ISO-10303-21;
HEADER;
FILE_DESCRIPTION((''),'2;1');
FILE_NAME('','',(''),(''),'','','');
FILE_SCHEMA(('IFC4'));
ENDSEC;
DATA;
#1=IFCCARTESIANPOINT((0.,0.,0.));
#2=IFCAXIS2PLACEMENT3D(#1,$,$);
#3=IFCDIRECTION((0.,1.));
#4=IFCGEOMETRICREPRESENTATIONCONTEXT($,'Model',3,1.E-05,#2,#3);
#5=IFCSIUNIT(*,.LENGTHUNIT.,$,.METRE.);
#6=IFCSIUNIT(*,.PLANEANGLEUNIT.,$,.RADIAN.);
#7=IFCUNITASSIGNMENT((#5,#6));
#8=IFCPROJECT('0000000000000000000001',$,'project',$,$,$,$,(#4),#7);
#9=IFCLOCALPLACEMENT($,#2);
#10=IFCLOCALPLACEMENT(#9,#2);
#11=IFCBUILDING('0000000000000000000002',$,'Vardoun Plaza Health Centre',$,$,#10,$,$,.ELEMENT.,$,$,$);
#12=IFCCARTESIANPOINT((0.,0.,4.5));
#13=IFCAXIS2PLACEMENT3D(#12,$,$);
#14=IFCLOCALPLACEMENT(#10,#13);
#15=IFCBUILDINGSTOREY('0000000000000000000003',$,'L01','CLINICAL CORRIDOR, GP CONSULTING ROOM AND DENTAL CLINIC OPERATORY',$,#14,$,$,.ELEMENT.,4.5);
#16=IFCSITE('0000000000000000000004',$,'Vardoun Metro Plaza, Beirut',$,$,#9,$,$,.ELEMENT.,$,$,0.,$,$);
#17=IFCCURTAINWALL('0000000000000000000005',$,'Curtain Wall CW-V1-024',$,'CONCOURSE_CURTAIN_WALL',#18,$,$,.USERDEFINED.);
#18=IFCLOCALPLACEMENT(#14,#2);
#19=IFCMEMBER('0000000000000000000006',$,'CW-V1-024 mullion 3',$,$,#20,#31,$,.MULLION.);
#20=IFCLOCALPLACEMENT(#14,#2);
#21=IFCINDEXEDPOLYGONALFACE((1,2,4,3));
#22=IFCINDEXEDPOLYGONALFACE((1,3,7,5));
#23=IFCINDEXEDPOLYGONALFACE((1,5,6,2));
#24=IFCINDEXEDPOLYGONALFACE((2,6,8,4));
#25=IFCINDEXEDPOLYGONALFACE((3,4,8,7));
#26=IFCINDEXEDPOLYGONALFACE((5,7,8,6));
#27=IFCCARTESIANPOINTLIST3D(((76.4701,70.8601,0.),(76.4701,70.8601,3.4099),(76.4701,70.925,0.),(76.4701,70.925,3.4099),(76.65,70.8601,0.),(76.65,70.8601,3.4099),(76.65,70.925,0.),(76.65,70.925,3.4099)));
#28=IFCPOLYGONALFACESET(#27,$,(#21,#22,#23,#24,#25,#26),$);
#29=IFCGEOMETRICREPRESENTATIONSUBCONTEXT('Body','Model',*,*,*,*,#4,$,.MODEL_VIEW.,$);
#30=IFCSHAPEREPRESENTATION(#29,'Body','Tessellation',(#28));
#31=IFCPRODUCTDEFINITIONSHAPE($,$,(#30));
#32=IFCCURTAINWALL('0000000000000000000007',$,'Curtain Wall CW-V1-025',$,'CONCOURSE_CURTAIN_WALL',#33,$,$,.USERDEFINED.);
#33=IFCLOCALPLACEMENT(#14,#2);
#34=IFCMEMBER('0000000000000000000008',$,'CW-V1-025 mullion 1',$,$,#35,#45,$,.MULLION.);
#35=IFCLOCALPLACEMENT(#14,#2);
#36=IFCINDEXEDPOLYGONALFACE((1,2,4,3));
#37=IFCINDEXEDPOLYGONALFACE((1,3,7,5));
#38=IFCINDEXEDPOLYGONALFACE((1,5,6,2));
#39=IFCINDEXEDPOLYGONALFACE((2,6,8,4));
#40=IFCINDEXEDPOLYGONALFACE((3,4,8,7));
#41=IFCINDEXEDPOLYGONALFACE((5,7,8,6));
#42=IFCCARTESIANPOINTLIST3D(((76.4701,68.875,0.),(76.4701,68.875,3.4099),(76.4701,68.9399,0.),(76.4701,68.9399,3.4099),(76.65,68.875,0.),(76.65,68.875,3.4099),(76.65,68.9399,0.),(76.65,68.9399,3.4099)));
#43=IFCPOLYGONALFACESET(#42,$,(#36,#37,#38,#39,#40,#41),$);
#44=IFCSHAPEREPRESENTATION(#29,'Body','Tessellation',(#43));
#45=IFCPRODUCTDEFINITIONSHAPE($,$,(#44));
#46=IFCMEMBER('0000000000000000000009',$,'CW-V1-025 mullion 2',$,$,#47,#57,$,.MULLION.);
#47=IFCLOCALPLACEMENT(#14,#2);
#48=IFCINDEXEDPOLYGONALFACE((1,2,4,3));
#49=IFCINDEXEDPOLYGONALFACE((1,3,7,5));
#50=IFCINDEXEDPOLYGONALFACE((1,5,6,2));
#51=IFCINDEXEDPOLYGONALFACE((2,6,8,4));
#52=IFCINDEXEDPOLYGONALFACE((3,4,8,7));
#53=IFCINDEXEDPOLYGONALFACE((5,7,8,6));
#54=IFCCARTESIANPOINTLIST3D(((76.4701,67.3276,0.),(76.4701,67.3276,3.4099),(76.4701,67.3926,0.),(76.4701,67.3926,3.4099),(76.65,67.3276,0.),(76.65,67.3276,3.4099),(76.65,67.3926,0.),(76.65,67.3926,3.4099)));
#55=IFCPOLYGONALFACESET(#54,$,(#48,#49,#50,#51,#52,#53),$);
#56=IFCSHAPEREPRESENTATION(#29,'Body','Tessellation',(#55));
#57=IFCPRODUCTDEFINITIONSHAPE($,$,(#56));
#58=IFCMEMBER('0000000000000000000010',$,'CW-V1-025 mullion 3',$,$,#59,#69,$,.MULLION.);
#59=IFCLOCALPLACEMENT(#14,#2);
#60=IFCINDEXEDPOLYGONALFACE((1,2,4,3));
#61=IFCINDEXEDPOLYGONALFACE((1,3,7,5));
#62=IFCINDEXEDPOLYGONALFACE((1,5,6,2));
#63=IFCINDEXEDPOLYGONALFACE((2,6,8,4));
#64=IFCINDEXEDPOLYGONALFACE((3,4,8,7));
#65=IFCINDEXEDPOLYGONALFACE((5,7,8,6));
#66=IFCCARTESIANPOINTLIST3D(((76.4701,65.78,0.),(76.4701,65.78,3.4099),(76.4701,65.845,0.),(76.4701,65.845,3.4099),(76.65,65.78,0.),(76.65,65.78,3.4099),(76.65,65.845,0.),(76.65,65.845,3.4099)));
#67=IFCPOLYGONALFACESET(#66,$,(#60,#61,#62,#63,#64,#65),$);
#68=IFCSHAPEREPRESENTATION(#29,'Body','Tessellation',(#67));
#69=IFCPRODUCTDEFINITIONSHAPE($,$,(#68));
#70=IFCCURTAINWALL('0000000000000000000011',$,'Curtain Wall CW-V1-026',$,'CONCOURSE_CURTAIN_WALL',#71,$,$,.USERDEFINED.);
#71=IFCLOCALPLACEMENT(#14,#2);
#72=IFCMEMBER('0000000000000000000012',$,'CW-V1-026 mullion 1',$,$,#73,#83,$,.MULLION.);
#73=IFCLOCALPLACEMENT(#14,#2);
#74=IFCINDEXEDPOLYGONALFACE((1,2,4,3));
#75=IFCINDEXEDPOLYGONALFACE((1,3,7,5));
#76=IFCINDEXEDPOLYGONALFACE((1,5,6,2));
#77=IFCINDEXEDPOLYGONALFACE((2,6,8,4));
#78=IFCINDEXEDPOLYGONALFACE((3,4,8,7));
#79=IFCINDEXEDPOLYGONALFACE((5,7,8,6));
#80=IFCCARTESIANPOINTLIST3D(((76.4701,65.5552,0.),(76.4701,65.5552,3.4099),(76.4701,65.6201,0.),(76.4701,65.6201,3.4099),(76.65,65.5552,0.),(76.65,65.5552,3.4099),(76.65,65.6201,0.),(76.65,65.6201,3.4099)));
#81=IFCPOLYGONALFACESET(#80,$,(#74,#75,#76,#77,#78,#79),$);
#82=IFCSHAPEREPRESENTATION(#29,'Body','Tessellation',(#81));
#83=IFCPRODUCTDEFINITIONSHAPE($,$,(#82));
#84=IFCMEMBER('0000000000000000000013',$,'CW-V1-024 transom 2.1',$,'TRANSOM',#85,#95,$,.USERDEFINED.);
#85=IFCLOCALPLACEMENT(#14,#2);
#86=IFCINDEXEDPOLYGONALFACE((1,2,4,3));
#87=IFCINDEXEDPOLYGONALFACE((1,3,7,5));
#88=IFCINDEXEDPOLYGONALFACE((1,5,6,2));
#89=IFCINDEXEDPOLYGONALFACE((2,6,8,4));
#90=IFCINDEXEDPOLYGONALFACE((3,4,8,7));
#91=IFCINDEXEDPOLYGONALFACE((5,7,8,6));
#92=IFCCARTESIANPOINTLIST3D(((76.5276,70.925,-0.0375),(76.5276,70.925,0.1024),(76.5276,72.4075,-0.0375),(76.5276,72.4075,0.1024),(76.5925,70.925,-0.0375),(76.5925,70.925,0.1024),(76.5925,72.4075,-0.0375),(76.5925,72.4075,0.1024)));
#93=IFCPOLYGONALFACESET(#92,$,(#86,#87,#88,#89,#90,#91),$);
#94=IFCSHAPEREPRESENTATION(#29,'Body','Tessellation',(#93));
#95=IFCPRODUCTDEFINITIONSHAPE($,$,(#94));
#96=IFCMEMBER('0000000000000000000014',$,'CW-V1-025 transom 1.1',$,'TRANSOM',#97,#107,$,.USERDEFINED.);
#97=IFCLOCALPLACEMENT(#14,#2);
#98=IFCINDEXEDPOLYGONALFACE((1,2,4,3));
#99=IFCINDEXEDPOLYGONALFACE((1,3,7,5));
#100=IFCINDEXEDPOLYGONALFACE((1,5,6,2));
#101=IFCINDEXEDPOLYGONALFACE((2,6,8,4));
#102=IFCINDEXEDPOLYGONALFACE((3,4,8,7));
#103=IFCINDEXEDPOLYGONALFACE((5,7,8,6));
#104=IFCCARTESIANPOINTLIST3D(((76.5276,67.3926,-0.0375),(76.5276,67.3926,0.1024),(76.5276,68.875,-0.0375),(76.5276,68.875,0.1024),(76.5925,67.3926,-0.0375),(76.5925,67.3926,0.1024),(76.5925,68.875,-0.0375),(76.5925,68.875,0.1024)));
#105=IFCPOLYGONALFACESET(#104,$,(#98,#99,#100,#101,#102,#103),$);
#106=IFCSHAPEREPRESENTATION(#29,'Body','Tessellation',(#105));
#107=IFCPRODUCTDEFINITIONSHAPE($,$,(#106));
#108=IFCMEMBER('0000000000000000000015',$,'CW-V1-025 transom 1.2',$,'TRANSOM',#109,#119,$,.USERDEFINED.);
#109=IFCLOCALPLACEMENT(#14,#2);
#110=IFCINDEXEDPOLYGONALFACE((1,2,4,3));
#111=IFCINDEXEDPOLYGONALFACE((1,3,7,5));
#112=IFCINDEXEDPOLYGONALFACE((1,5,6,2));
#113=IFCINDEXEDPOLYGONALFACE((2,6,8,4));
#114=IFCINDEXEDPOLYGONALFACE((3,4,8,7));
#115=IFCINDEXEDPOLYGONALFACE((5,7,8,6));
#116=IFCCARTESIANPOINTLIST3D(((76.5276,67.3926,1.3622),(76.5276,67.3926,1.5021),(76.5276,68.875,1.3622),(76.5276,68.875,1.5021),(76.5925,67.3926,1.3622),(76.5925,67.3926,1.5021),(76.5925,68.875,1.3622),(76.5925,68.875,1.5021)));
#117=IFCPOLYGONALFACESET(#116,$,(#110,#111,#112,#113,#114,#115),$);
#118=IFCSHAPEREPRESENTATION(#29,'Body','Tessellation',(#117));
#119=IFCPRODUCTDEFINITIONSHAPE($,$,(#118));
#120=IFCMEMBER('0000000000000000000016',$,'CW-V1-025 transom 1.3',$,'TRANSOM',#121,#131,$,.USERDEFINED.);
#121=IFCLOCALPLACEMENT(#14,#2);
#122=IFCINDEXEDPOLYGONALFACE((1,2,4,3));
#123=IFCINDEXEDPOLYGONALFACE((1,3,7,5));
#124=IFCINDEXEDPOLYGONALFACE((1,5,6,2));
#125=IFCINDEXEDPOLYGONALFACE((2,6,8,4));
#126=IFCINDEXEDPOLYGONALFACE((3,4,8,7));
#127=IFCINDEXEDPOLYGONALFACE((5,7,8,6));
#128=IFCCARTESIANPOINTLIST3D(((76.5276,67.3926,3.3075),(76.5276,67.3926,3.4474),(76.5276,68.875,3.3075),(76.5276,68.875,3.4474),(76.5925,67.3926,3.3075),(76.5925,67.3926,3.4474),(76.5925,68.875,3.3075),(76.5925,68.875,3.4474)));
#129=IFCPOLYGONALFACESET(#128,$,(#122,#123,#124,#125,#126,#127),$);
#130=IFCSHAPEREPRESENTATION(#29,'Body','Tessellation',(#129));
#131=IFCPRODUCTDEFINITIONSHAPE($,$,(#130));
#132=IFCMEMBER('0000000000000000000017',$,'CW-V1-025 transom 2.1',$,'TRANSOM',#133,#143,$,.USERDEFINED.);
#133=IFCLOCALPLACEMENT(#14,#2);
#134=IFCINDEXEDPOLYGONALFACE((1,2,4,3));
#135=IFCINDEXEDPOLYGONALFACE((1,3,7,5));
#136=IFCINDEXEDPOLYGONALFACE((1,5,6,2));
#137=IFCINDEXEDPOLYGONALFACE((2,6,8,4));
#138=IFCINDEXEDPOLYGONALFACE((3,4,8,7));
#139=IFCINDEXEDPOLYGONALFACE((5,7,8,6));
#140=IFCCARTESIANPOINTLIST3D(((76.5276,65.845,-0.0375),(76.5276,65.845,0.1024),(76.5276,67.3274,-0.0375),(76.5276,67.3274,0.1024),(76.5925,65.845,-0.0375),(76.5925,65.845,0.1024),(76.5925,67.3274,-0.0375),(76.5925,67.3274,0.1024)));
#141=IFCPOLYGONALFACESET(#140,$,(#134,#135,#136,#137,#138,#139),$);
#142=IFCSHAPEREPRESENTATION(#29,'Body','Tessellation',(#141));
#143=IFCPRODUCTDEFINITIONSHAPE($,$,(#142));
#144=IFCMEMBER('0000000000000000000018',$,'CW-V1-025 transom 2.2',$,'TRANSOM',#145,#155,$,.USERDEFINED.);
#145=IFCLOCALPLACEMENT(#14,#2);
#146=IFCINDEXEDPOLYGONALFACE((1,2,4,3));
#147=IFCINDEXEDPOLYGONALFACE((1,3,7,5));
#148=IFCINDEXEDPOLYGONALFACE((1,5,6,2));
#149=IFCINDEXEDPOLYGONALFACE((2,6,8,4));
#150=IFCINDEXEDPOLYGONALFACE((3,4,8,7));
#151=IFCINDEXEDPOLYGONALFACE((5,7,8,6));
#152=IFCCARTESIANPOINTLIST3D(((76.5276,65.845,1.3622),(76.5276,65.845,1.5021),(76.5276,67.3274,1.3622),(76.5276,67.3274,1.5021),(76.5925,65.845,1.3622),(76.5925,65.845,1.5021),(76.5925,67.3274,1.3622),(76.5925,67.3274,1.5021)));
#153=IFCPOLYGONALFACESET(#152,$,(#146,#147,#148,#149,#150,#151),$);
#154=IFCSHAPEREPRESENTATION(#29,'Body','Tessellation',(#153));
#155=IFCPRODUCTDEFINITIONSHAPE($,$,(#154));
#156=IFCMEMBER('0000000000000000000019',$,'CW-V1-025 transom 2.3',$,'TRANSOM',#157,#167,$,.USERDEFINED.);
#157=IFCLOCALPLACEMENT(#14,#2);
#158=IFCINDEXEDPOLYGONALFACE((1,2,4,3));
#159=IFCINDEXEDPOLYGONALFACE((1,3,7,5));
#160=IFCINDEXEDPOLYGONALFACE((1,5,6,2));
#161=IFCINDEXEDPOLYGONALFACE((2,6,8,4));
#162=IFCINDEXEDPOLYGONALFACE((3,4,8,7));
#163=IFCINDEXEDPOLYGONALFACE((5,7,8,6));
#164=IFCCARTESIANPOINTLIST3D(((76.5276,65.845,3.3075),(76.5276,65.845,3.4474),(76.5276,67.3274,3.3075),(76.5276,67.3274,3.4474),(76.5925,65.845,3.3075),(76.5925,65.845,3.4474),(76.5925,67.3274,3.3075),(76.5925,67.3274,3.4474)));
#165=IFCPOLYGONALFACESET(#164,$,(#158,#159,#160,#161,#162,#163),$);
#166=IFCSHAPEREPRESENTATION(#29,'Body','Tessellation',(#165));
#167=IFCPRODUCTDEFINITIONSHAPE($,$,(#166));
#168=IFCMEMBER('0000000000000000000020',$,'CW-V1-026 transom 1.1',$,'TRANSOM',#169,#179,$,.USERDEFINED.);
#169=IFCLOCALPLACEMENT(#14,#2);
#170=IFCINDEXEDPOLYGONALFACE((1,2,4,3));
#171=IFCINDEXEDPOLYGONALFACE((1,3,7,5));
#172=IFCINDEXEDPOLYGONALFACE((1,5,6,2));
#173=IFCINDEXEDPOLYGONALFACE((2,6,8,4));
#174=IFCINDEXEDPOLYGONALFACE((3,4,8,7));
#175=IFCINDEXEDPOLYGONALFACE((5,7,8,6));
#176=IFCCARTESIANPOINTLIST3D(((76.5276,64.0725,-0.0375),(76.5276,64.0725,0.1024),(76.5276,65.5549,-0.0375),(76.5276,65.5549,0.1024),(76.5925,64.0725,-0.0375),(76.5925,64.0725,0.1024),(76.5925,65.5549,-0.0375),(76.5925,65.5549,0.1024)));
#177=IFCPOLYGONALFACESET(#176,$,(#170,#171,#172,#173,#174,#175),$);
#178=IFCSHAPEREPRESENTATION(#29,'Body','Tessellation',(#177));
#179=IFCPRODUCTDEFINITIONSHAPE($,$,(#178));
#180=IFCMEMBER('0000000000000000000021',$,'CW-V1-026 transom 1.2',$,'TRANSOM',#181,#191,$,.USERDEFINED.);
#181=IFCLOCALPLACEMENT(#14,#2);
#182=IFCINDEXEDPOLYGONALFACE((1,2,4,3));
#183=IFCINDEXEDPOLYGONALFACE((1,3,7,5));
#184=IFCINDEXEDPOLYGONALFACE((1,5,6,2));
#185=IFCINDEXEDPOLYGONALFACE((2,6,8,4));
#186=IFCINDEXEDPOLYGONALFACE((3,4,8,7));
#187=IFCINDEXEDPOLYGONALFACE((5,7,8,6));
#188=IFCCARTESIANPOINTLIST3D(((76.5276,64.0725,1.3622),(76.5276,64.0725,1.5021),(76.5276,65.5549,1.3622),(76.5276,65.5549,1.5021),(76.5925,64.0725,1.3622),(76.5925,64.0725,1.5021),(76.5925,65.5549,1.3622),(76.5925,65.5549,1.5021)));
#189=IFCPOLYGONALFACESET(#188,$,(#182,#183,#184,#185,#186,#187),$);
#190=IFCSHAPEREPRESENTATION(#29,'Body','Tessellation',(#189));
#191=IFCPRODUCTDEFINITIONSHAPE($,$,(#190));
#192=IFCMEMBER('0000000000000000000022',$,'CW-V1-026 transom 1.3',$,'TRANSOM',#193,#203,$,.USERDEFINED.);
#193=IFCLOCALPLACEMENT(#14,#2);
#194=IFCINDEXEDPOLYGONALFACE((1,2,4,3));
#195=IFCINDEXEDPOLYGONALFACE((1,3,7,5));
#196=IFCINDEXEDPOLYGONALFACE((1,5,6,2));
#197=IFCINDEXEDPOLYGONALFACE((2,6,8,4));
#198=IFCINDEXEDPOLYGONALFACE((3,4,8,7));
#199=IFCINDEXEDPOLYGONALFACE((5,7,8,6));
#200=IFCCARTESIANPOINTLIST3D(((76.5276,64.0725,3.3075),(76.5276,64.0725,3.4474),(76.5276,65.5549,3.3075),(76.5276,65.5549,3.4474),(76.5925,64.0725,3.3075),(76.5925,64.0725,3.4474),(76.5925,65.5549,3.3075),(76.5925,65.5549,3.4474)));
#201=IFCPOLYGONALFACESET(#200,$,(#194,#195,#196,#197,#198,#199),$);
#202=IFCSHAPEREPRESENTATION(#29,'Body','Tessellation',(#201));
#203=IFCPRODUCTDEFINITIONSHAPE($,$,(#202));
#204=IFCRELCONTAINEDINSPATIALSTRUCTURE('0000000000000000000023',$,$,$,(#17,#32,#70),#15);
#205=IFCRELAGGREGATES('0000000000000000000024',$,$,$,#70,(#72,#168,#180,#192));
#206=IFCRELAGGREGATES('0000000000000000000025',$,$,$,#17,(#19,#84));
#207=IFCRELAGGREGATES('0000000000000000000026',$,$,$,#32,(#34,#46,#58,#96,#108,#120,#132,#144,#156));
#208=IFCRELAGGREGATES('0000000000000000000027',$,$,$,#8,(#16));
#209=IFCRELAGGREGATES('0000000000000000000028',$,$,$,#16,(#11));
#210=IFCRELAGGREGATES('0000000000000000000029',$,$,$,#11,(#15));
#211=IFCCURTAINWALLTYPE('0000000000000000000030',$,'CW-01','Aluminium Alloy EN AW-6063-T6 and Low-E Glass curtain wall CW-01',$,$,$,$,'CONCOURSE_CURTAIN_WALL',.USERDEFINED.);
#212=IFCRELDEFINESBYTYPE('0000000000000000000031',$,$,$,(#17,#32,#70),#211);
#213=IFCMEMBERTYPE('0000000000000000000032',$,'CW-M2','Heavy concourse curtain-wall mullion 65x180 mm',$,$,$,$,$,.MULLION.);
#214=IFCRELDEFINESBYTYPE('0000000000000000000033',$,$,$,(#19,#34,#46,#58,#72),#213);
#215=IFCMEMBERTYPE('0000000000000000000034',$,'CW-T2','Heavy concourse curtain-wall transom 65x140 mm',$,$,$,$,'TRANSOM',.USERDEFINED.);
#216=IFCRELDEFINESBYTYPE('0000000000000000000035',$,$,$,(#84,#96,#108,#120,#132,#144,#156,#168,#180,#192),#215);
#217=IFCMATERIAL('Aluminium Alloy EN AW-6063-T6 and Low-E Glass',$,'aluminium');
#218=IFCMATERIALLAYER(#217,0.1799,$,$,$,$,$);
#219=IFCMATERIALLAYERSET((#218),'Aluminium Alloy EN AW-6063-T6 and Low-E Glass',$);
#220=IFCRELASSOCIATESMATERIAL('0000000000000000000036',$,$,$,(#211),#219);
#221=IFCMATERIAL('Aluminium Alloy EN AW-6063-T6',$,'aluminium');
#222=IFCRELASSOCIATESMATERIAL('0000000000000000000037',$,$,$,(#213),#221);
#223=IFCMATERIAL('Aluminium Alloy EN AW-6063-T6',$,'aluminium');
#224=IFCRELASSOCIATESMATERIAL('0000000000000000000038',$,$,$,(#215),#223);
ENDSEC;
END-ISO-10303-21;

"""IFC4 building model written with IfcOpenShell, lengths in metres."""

from ifc_helpers import new_model, si_unit, direction, frame, origin, origin_2d, place, context, subcontext, project, spatial, rectangle, extrude, material, layer, layer_set, material_profile, profile_set, type_object, element, aggregate, save


model = new_model("IFC4")

# Units and contexts
model_context = context("Model", 3, precision=1e-05, world=origin(), true_north=direction((0.0, 1.0)))
body_context = subcontext(model_context, "Body", "Model", "MODEL_VIEW")
ifc_project = project(units=[si_unit("LENGTHUNIT", "METRE"), si_unit("PLANEANGLEUNIT", "RADIAN")], contexts=[model_context])

# Site, building, storey
site_placement = place(None, origin())
site = spatial("IfcSite", under=ifc_project, at=site_placement, Name="Vardoun Metro Plaza, Beirut", CompositionType="ELEMENT", RefElevation=0.0)
building_placement = place(site_placement, origin())
building = spatial("IfcBuilding", under=site, at=building_placement, Name="Vardoun Plaza Health Centre", CompositionType="ELEMENT")
storey_placement = place(building_placement, frame((0.0, 0.0, 4.5)))
storey = spatial("IfcBuildingStorey", under=building, at=storey_placement, Name="L01", Description="CLINICAL CORRIDOR, GP CONSULTING ROOM AND DENTAL CLINIC OPERATORY", CompositionType="ELEMENT", Elevation=4.5)

# Curtain wall, member
ifc_material_1 = material(Name="Aluminium Alloy EN AW-6063-T6 and Low-E Glass", Category="aluminium")
ifc_layer_1 = layer(ifc_material_1, 0.1799)
ifc_layer_set_1 = layer_set([ifc_layer_1], Name="Aluminium Alloy EN AW-6063-T6 and Low-E Glass")
curtain_wall_type = type_object("IfcCurtainWallType", Name="CW-01", Description="Aluminium Alloy EN AW-6063-T6 and Low-E Glass curtain wall CW-01", ElementType="CONCOURSE_CURTAIN_WALL", PredefinedType="USERDEFINED", material=ifc_layer_set_1)
curtain_wall_1_placement = place(storey_placement, origin())
curtain_wall_1 = element("IfcCurtainWall", 1, at=curtain_wall_1_placement, inside=storey, type_object=curtain_wall_type, Name="Curtain Wall CW-V1-024", ObjectType="CONCOURSE_CURTAIN_WALL", PredefinedType="USERDEFINED")
ifc_material_2 = material(Name="Aluminium Alloy EN AW-6063-T6", Category="aluminium")
ifc_material_profile_1 = material_profile(ifc_material_2, rectangle(XDim=0.1799, YDim=0.0649, at=origin_2d()), Name="CWM 65x180")
ifc_profile_set_1 = profile_set([ifc_material_profile_1], Name="Aluminium Alloy EN AW-6063-T6")
member_type_1 = type_object("IfcMemberType", Name="CW-M2", Description="Heavy concourse curtain-wall mullion 65x180 mm", PredefinedType="MULLION", material=ifc_profile_set_1)
member_1_placement = place(storey_placement, frame((76.5601, 70.8926, 0.0), z_axis=(0.0, 0.0, 1.0), x_axis=(1.0, 0.0, 0.0)))
member_1 = element("IfcMember", 2, at=member_1_placement, type_object=member_type_1, Name="CW-V1-024 mullion 3", PredefinedType="MULLION", context=body_context, shape_type="SweptSolid", body=[
    extrude(rectangle(XDim=0.1799, YDim=0.0649, at=origin_2d()), origin(), (0.0, 0.0, 1.0), 3.4099),
])

# Curtain wall, members
curtain_wall_2_placement = place(storey_placement, origin())
curtain_wall_2 = element("IfcCurtainWall", 3, at=curtain_wall_2_placement, inside=storey, type_object=curtain_wall_type, Name="Curtain Wall CW-V1-025", ObjectType="CONCOURSE_CURTAIN_WALL", PredefinedType="USERDEFINED")
member_2_placement = place(storey_placement, frame((76.5601, 68.9075, 0.0), z_axis=(0.0, 0.0, 1.0), x_axis=(1.0, 0.0, 0.0)))
member_2 = element("IfcMember", 4, at=member_2_placement, type_object=member_type_1, Name="CW-V1-025 mullion 1", PredefinedType="MULLION", context=body_context, shape_type="SweptSolid", body=[
    extrude(rectangle(XDim=0.1799, YDim=0.0649, at=origin_2d()), origin(), (0.0, 0.0, 1.0), 3.4099),
])
member_3_placement = place(storey_placement, frame((76.5601, 67.3601, 0.0), z_axis=(0.0, 0.0, 1.0), x_axis=(1.0, 0.0, 0.0)))
member_3 = element("IfcMember", 5, at=member_3_placement, type_object=member_type_1, Name="CW-V1-025 mullion 2", PredefinedType="MULLION", context=body_context, shape_type="SweptSolid", body=[
    extrude(rectangle(XDim=0.1799, YDim=0.0649, at=origin_2d()), origin(), (0.0, 0.0, 1.0), 3.4099),
])
member_4_placement = place(storey_placement, frame((76.5601, 65.8125, 0.0), z_axis=(0.0, 0.0, 1.0), x_axis=(1.0, 0.0, 0.0)))
member_4 = element("IfcMember", 6, at=member_4_placement, type_object=member_type_1, Name="CW-V1-025 mullion 3", PredefinedType="MULLION", context=body_context, shape_type="SweptSolid", body=[
    extrude(rectangle(XDim=0.1799, YDim=0.0649, at=origin_2d()), origin(), (0.0, 0.0, 1.0), 3.4099),
])

# Curtain wall, member
curtain_wall_3_placement = place(storey_placement, origin())
curtain_wall_3 = element("IfcCurtainWall", 7, at=curtain_wall_3_placement, inside=storey, type_object=curtain_wall_type, Name="Curtain Wall CW-V1-026", ObjectType="CONCOURSE_CURTAIN_WALL", PredefinedType="USERDEFINED")
member_5_placement = place(storey_placement, frame((76.5601, 65.5876, 0.0), z_axis=(0.0, 0.0, 1.0), x_axis=(1.0, 0.0, 0.0)))
member_5 = element("IfcMember", 8, at=member_5_placement, type_object=member_type_1, Name="CW-V1-026 mullion 1", PredefinedType="MULLION", context=body_context, shape_type="SweptSolid", body=[
    extrude(rectangle(XDim=0.1799, YDim=0.0649, at=origin_2d()), origin(), (0.0, 0.0, 1.0), 3.4099),
])

# Members
ifc_material_3 = material(Name="Aluminium Alloy EN AW-6063-T6", Category="aluminium")
ifc_material_profile_2 = material_profile(ifc_material_3, rectangle(XDim=0.0649, YDim=0.1399, at=origin_2d()), Name="CWT 65x140")
ifc_profile_set_2 = profile_set([ifc_material_profile_2], Name="Aluminium Alloy EN AW-6063-T6")
member_type_2 = type_object("IfcMemberType", Name="CW-T2", Description="Heavy concourse curtain-wall transom 65x140 mm", ElementType="TRANSOM", PredefinedType="USERDEFINED", material=ifc_profile_set_2)
member_6_placement = place(storey_placement, frame((76.5601, 72.4075, 0.0325), z_axis=(0.0, -1.0, 0.0), x_axis=(1.0, 0.0, 0.0)))
member_6 = element("IfcMember", 9, at=member_6_placement, type_object=member_type_2, Name="CW-V1-024 transom 2.1", ObjectType="TRANSOM", PredefinedType="USERDEFINED", context=body_context, shape_type="SweptSolid", body=[
    extrude(rectangle(XDim=0.0649, YDim=0.1399, at=origin_2d()), origin(), (0.0, 0.0, 1.0), 1.4824),
])
member_7_placement = place(storey_placement, frame((76.5601, 68.875, 0.0325), z_axis=(0.0, -1.0, 0.0), x_axis=(1.0, 0.0, 0.0)))
member_7 = element("IfcMember", 10, at=member_7_placement, type_object=member_type_2, Name="CW-V1-025 transom 1.1", ObjectType="TRANSOM", PredefinedType="USERDEFINED", context=body_context, shape_type="SweptSolid", body=[
    extrude(rectangle(XDim=0.0649, YDim=0.1399, at=origin_2d()), origin(), (0.0, 0.0, 1.0), 1.4824),
])
member_8_placement = place(storey_placement, frame((76.5601, 68.875, 1.4321), z_axis=(0.0, -1.0, 0.0), x_axis=(1.0, 0.0, 0.0)))
member_8 = element("IfcMember", 11, at=member_8_placement, type_object=member_type_2, Name="CW-V1-025 transom 1.2", ObjectType="TRANSOM", PredefinedType="USERDEFINED", context=body_context, shape_type="SweptSolid", body=[
    extrude(rectangle(XDim=0.0649, YDim=0.1399, at=origin_2d()), origin(), (0.0, 0.0, 1.0), 1.4824),
])
member_9_placement = place(storey_placement, frame((76.5601, 68.875, 3.3774), z_axis=(0.0, -1.0, 0.0), x_axis=(1.0, 0.0, 0.0)))
member_9 = element("IfcMember", 12, at=member_9_placement, type_object=member_type_2, Name="CW-V1-025 transom 1.3", ObjectType="TRANSOM", PredefinedType="USERDEFINED", context=body_context, shape_type="SweptSolid", body=[
    extrude(rectangle(XDim=0.0649, YDim=0.1399, at=origin_2d()), origin(), (0.0, 0.0, 1.0), 1.4824),
])
member_10_placement = place(storey_placement, frame((76.5601, 67.3274, 0.0325), z_axis=(0.0, -1.0, 0.0), x_axis=(1.0, 0.0, 0.0)))
member_10 = element("IfcMember", 13, at=member_10_placement, type_object=member_type_2, Name="CW-V1-025 transom 2.1", ObjectType="TRANSOM", PredefinedType="USERDEFINED", context=body_context, shape_type="SweptSolid", body=[
    extrude(rectangle(XDim=0.0649, YDim=0.1399, at=origin_2d()), origin(), (0.0, 0.0, 1.0), 1.4824),
])
member_11_placement = place(storey_placement, frame((76.5601, 67.3274, 1.4321), z_axis=(0.0, -1.0, 0.0), x_axis=(1.0, 0.0, 0.0)))
member_11 = element("IfcMember", 14, at=member_11_placement, type_object=member_type_2, Name="CW-V1-025 transom 2.2", ObjectType="TRANSOM", PredefinedType="USERDEFINED", context=body_context, shape_type="SweptSolid", body=[
    extrude(rectangle(XDim=0.0649, YDim=0.1399, at=origin_2d()), origin(), (0.0, 0.0, 1.0), 1.4824),
])
member_12_placement = place(storey_placement, frame((76.5601, 67.3274, 3.3774), z_axis=(0.0, -1.0, 0.0), x_axis=(1.0, 0.0, 0.0)))
member_12 = element("IfcMember", 15, at=member_12_placement, type_object=member_type_2, Name="CW-V1-025 transom 2.3", ObjectType="TRANSOM", PredefinedType="USERDEFINED", context=body_context, shape_type="SweptSolid", body=[
    extrude(rectangle(XDim=0.0649, YDim=0.1399, at=origin_2d()), origin(), (0.0, 0.0, 1.0), 1.4824),
])
member_13_placement = place(storey_placement, frame((76.5601, 65.5549, 0.0325), z_axis=(0.0, -1.0, 0.0), x_axis=(1.0, 0.0, 0.0)))
member_13 = element("IfcMember", 16, at=member_13_placement, type_object=member_type_2, Name="CW-V1-026 transom 1.1", ObjectType="TRANSOM", PredefinedType="USERDEFINED", context=body_context, shape_type="SweptSolid", body=[
    extrude(rectangle(XDim=0.0649, YDim=0.1399, at=origin_2d()), origin(), (0.0, 0.0, 1.0), 1.4824),
])
member_14_placement = place(storey_placement, frame((76.5601, 65.5549, 1.4321), z_axis=(0.0, -1.0, 0.0), x_axis=(1.0, 0.0, 0.0)))
member_14 = element("IfcMember", 17, at=member_14_placement, type_object=member_type_2, Name="CW-V1-026 transom 1.2", ObjectType="TRANSOM", PredefinedType="USERDEFINED", context=body_context, shape_type="SweptSolid", body=[
    extrude(rectangle(XDim=0.0649, YDim=0.1399, at=origin_2d()), origin(), (0.0, 0.0, 1.0), 1.4824),
])
member_15_placement = place(storey_placement, frame((76.5601, 65.5549, 3.3774), z_axis=(0.0, -1.0, 0.0), x_axis=(1.0, 0.0, 0.0)))
member_15 = element("IfcMember", 18, at=member_15_placement, type_object=member_type_2, Name="CW-V1-026 transom 1.3", ObjectType="TRANSOM", PredefinedType="USERDEFINED", context=body_context, shape_type="SweptSolid", body=[
    extrude(rectangle(XDim=0.0649, YDim=0.1399, at=origin_2d()), origin(), (0.0, 0.0, 1.0), 1.4824),
])
aggregate(curtain_wall_3, [member_5, member_13, member_14, member_15])

aggregate(curtain_wall_1, [member_1, member_6])
aggregate(curtain_wall_2, [member_2, member_3, member_4, member_7, member_8, member_9, member_10, member_11, member_12])

save(model, "model.ifc")
